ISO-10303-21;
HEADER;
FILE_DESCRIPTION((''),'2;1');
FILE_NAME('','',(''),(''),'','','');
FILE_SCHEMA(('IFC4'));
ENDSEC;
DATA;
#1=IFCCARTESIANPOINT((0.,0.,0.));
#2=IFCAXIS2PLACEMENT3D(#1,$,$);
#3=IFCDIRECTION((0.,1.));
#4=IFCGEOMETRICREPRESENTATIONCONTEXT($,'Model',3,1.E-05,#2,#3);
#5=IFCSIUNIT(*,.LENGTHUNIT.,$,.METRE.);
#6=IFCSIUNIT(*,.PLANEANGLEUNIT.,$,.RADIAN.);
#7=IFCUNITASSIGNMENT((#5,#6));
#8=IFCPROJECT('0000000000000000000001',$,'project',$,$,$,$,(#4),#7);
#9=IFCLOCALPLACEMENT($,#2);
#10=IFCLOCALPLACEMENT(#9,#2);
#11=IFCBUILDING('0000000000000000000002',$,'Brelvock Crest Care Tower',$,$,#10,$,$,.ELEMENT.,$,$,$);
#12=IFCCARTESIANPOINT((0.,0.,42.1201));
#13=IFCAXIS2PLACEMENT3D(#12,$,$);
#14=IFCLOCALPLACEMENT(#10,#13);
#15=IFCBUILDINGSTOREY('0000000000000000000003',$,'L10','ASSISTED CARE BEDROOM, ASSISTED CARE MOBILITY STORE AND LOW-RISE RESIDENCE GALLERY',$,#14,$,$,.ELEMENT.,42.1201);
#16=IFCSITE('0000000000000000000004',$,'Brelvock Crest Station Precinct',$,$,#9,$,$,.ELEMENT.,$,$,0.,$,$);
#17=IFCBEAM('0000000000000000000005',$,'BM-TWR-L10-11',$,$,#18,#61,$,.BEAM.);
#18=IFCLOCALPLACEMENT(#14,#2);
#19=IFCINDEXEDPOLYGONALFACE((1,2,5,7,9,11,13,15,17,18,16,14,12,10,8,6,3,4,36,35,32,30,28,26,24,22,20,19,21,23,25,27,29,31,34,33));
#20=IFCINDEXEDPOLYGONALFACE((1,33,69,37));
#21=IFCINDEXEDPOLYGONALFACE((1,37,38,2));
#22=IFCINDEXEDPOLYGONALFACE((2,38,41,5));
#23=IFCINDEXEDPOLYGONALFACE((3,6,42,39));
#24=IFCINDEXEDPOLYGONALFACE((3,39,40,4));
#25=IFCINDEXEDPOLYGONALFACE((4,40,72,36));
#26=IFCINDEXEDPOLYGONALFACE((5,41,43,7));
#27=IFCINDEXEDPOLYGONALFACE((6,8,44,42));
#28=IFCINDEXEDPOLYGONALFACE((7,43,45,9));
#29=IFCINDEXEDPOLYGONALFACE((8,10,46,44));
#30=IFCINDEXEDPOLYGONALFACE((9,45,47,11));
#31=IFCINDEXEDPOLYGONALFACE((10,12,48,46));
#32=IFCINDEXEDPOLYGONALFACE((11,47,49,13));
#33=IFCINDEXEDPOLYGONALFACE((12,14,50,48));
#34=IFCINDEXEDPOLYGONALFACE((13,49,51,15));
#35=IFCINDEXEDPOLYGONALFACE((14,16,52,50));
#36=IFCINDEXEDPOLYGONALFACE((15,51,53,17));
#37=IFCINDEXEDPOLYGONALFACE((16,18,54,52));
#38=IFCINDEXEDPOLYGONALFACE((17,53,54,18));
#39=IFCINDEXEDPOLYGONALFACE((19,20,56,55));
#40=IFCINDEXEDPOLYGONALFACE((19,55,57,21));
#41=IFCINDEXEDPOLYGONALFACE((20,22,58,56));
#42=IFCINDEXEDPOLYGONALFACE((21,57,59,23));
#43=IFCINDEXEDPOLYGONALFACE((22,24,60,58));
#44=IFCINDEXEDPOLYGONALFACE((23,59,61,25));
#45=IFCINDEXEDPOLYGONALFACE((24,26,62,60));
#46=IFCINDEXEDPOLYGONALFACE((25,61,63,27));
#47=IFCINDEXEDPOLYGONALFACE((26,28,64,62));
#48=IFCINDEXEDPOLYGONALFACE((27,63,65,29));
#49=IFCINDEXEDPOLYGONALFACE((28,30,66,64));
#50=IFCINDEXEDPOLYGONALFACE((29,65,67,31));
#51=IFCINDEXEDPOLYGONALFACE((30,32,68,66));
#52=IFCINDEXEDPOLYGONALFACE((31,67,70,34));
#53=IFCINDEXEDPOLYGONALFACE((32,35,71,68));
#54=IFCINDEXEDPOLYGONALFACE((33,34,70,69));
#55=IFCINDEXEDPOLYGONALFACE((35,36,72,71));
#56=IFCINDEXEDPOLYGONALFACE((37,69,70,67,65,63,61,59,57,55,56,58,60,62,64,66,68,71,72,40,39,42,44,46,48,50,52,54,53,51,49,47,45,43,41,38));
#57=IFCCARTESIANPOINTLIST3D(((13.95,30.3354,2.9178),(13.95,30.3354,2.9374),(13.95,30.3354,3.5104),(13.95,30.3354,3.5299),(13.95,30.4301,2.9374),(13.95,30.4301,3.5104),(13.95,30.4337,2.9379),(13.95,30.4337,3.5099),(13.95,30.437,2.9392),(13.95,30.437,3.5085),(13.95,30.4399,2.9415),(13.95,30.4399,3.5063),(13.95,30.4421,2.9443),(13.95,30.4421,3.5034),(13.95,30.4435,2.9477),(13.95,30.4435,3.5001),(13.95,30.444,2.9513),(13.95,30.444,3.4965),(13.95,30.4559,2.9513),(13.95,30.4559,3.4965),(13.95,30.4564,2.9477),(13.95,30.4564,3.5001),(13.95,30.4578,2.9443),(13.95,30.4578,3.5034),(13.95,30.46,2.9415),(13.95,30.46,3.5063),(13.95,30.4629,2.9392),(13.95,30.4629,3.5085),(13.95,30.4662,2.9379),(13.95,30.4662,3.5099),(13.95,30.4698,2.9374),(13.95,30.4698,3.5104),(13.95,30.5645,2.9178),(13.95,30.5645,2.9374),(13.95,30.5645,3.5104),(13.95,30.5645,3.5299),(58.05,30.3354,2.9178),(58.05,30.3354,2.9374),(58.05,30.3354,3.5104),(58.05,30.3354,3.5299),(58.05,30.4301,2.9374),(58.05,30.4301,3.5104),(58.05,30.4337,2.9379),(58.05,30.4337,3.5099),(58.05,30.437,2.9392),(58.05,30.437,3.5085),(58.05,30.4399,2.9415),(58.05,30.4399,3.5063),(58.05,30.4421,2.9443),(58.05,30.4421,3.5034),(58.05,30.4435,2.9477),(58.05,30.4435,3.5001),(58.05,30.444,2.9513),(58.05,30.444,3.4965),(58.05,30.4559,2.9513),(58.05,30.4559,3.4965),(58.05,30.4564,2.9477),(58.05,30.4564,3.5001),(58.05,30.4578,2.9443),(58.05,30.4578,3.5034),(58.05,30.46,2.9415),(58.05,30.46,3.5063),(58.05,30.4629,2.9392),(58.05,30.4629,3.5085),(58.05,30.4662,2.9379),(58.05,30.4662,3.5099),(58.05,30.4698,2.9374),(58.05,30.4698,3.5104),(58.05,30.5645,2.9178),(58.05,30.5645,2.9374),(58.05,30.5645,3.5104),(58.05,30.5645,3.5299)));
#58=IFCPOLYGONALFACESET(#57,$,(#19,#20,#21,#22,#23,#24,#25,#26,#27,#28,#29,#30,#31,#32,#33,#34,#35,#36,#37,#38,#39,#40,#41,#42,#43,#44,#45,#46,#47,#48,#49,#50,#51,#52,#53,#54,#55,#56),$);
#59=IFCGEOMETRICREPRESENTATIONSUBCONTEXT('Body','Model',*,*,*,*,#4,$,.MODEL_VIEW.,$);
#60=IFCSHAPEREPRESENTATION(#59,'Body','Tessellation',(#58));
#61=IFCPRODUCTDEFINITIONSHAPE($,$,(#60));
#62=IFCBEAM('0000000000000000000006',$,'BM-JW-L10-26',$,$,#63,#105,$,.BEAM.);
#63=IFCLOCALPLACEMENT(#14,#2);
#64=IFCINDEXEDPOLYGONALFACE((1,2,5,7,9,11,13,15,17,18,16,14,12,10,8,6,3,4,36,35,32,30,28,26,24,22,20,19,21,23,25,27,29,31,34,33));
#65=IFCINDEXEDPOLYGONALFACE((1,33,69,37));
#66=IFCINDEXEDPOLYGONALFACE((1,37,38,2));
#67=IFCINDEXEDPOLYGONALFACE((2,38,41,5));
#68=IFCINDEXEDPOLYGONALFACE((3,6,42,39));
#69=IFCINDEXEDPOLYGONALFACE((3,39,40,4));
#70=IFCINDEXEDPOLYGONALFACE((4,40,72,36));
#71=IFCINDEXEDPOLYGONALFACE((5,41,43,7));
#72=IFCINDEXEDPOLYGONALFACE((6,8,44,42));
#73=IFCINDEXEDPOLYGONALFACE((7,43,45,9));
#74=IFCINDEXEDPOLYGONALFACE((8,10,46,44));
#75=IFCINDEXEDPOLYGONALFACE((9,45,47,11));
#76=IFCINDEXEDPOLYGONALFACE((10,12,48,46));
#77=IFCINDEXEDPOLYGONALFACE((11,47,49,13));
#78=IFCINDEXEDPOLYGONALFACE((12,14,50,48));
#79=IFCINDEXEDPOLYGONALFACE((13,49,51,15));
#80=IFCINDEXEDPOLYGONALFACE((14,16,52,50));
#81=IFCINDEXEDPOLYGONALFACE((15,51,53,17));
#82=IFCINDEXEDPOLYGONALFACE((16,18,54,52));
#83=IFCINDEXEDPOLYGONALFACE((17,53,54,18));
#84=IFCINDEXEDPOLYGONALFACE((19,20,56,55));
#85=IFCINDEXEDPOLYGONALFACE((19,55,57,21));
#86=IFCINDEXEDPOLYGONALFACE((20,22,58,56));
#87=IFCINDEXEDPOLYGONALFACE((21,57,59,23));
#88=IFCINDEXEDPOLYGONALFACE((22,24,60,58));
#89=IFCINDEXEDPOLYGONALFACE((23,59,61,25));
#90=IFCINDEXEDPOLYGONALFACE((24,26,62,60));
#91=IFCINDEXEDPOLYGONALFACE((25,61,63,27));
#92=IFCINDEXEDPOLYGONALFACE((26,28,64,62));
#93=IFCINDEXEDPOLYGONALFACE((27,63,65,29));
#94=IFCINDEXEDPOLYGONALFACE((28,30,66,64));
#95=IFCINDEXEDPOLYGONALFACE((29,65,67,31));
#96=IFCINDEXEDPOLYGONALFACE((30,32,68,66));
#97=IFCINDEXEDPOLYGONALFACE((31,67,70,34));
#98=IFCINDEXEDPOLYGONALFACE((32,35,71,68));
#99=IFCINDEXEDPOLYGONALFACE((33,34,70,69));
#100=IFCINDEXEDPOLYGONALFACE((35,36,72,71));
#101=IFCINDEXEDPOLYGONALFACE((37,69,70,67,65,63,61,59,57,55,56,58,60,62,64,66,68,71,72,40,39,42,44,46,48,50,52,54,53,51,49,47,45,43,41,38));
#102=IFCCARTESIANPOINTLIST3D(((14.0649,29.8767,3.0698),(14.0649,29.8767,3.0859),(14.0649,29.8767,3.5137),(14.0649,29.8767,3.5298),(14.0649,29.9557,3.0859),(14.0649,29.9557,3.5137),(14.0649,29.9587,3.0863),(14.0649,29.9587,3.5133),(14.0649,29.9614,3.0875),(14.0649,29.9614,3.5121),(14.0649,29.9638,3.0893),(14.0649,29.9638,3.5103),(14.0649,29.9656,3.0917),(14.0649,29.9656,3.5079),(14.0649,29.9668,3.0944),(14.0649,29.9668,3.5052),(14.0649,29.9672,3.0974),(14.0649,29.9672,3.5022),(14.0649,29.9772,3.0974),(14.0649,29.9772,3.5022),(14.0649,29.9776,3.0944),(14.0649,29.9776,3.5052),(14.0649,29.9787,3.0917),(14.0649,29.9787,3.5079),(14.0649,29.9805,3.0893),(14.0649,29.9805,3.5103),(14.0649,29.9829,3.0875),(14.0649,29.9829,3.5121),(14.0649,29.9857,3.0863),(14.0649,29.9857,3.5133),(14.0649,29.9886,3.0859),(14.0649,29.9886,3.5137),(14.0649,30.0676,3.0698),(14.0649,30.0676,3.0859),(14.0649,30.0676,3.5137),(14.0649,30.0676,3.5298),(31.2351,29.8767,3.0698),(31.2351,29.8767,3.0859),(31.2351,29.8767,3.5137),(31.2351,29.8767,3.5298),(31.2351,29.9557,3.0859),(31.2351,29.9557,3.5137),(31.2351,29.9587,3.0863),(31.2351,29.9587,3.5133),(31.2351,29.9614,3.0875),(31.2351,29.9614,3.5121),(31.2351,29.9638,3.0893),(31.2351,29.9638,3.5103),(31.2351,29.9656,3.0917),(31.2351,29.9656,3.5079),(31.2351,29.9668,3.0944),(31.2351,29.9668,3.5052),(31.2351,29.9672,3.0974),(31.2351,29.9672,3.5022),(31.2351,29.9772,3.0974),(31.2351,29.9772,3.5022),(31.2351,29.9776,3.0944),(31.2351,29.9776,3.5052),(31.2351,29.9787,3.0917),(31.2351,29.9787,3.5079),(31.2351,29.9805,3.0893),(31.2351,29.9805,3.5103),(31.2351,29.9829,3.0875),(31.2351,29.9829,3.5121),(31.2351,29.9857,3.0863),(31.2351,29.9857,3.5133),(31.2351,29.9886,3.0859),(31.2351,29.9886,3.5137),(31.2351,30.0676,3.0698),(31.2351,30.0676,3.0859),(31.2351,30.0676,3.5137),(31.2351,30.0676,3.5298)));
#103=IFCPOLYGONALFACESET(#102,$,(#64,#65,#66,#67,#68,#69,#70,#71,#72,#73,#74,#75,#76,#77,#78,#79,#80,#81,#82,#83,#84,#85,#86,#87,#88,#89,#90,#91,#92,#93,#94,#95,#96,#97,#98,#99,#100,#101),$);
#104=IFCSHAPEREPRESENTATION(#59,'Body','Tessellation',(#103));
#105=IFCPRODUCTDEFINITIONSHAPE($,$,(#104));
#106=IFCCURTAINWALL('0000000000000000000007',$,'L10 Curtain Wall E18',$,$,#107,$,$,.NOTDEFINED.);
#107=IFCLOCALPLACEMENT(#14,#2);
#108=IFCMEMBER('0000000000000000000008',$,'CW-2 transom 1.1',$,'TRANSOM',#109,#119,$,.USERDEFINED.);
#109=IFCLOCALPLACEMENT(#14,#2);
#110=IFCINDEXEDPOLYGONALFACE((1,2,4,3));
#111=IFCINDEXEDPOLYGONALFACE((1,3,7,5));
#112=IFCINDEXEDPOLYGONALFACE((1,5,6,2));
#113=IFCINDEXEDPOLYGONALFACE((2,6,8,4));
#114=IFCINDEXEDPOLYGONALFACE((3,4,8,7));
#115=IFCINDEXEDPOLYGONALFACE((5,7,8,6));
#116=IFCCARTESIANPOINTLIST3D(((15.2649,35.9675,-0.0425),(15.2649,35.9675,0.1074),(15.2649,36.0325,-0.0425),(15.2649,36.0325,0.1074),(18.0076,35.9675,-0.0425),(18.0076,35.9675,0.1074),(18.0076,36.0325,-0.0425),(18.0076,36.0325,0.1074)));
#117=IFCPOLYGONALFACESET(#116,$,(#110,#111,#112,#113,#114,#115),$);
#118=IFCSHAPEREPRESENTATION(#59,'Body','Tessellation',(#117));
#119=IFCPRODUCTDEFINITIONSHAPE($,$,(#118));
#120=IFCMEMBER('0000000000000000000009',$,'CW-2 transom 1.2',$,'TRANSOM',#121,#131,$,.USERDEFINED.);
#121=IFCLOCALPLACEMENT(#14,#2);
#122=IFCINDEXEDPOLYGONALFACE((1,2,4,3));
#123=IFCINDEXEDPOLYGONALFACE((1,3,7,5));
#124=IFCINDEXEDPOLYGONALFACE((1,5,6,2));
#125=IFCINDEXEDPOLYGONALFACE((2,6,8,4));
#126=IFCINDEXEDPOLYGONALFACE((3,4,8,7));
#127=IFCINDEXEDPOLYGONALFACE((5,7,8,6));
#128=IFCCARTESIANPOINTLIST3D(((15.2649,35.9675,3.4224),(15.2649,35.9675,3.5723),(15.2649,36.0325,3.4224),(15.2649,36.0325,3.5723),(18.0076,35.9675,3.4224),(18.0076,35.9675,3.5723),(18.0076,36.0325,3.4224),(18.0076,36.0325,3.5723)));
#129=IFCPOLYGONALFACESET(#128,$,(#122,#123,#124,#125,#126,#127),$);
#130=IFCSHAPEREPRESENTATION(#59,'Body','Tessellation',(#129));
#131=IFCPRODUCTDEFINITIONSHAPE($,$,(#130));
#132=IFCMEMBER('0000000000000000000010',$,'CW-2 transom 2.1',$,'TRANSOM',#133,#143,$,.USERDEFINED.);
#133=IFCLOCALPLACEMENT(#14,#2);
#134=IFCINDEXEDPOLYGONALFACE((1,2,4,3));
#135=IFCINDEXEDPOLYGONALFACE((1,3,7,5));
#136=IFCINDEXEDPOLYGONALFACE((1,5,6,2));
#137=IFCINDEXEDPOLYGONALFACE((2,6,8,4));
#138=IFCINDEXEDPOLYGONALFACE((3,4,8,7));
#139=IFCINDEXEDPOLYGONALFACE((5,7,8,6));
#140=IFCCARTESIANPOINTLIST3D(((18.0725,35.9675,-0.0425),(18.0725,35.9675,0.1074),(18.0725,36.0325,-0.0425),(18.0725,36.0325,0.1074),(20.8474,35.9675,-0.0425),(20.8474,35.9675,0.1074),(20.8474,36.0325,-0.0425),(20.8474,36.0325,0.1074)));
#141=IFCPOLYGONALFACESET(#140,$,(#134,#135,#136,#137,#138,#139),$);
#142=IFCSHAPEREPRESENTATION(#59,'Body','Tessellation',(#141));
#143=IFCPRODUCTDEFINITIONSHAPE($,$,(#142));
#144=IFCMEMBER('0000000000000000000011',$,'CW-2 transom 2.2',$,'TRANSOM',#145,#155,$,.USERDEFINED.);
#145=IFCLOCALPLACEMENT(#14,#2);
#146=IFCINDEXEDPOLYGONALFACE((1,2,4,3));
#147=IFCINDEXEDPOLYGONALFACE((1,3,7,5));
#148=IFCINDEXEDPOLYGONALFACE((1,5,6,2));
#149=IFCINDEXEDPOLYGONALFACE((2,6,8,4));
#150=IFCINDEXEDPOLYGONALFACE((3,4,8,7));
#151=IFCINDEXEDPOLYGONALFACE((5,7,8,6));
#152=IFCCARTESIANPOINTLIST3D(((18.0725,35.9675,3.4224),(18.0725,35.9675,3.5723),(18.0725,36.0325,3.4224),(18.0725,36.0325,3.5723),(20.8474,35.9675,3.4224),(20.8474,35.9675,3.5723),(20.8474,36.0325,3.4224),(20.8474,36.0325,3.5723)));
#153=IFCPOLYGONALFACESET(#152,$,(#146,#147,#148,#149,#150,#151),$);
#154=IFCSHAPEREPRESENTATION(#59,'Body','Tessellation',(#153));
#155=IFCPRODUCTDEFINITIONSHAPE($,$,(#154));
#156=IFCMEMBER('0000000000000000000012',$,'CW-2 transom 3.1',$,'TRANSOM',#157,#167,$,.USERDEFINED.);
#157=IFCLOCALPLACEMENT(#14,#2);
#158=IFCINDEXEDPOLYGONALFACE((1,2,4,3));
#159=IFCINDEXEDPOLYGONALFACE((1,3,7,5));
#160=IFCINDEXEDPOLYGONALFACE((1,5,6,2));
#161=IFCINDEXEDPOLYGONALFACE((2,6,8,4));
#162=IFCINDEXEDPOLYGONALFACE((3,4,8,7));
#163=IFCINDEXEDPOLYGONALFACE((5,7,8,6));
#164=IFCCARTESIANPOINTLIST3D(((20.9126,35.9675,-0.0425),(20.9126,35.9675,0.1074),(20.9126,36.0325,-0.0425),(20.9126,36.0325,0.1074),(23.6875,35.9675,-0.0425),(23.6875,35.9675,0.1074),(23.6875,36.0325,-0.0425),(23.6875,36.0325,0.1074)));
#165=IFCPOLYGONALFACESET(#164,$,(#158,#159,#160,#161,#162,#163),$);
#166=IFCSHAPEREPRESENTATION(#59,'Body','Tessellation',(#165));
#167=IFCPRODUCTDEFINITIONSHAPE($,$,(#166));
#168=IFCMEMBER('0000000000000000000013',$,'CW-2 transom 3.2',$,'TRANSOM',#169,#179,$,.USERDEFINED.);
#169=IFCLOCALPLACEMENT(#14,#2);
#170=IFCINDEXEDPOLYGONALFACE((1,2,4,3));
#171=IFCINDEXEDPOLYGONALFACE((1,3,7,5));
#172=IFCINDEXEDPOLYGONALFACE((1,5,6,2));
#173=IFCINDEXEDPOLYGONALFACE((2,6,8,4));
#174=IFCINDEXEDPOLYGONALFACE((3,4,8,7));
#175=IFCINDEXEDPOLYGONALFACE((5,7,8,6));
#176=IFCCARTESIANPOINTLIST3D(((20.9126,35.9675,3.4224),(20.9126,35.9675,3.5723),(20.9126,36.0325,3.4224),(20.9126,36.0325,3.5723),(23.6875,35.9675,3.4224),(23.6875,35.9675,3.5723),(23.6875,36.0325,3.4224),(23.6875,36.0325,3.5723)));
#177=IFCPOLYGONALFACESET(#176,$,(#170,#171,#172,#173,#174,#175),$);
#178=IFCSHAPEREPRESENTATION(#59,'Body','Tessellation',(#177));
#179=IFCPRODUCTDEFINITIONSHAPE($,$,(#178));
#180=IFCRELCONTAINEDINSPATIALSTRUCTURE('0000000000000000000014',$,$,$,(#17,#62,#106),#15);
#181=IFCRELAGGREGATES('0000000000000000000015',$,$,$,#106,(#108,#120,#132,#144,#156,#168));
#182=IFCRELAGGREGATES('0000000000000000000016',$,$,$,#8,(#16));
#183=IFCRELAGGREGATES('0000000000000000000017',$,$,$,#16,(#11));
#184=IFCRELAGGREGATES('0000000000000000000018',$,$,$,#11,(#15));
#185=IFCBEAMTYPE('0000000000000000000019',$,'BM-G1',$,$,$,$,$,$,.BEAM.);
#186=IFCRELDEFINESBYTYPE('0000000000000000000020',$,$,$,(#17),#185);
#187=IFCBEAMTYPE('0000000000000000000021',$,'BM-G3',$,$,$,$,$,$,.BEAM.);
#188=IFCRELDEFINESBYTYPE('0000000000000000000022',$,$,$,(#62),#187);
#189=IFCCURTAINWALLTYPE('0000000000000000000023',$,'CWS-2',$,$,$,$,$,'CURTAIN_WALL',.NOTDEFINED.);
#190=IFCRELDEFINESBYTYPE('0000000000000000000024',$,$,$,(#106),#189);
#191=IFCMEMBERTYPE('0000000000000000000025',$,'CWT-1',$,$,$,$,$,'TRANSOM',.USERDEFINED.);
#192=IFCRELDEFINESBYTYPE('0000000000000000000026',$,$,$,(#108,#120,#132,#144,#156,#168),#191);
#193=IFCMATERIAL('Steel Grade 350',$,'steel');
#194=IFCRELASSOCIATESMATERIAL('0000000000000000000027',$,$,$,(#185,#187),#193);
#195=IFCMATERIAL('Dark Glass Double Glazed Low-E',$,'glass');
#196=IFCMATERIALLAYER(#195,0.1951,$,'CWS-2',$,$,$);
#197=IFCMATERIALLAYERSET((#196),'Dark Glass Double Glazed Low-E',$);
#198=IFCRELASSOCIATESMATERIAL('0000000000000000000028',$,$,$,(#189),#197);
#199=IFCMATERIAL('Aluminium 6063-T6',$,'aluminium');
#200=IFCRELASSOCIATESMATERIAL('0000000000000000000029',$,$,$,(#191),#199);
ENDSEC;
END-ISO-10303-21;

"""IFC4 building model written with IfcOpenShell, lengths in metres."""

from ifc_helpers import new_model, si_unit, direction, frame, origin, origin_2d, place, context, subcontext, project, spatial, rectangle, i_section, extrude, source, transform, mapped, material, layer, layer_set, material_profile, profile_set, type_object, element, aggregate, save


model = new_model("IFC4")

# Units and contexts
model_context = context("Model", 3, precision=1e-05, world=origin(), true_north=direction((0.0, 1.0)))
body_context = subcontext(model_context, "Body", "Model", "MODEL_VIEW")
ifc_project = project(units=[si_unit("LENGTHUNIT", "METRE"), si_unit("PLANEANGLEUNIT", "RADIAN")], contexts=[model_context])

# Site, building, storey
site_placement = place(None, origin())
site = spatial("IfcSite", under=ifc_project, at=site_placement, Name="Brelvock Crest Station Precinct", CompositionType="ELEMENT", RefElevation=0.0)
building_placement = place(site_placement, origin())
building = spatial("IfcBuilding", under=site, at=building_placement, Name="Brelvock Crest Care Tower", CompositionType="ELEMENT")
storey_placement = place(building_placement, frame((0.0, 0.0, 42.1201)))
storey = spatial("IfcBuildingStorey", under=building, at=storey_placement, Name="L10", Description="ASSISTED CARE BEDROOM, ASSISTED CARE MOBILITY STORE AND LOW-RISE RESIDENCE GALLERY", CompositionType="ELEMENT", Elevation=42.1201)

# Shared definitions
ifc_material_1 = material(Name="Steel Grade 350", Category="steel")

# Beams
ifc_material_profile_1 = material_profile(ifc_material_1, i_section(OverallWidth=0.229, OverallDepth=0.6121, WebThickness=0.012, FlangeThickness=0.0195, FilletRadius=0.0139, at=origin_2d()), Name="610UB125")
ifc_profile_set_1 = profile_set([ifc_material_profile_1], Name="Steel Grade 350")
beam_type_1 = type_object("IfcBeamType", Name="BM-G1", PredefinedType="BEAM", material=ifc_profile_set_1)
shared_shape_1 = source(origin(), body_context, "Body", "SweptSolid", [
    extrude(i_section(OverallWidth=0.229, OverallDepth=0.6121, WebThickness=0.012, FlangeThickness=0.0195, FilletRadius=0.0139, at=origin_2d()), origin(), (0.0, 0.0, 1.0), 44.1001),
])
beam_1_placement = place(storey_placement, frame((13.95, 30.45, 3.2239), z_axis=(1.0, 0.0, 0.0), x_axis=(0.0, 1.0, 0.0)))
element("IfcBeam", 1, at=beam_1_placement, inside=storey, type_object=beam_type_1, Name="BM-TWR-L10-11", PredefinedType="BEAM", context=body_context, shape_type="MappedRepresentation", body=[
    mapped(shared_shape_1, transform((0.0, 0.0, 0.0), x_axis=(1.0, 0.0, 0.0), y_axis=(0.0, 1.0, 0.0), z_axis=(0.0, 0.0, 1.0), scale=1.0)),
])
ifc_material_profile_2 = material_profile(ifc_material_1, i_section(OverallWidth=0.1909, OverallDepth=0.46, WebThickness=0.01, FlangeThickness=0.0161, FilletRadius=0.0115, at=origin_2d()), Name="460UB82.1")
ifc_profile_set_2 = profile_set([ifc_material_profile_2], Name="Steel Grade 350")
beam_type_2 = type_object("IfcBeamType", Name="BM-G3", PredefinedType="BEAM", material=ifc_profile_set_2)
shared_shape_2 = source(origin(), body_context, "Body", "SweptSolid", [
    extrude(i_section(OverallWidth=0.1909, OverallDepth=0.46, WebThickness=0.01, FlangeThickness=0.0161, FilletRadius=0.0115, at=origin_2d()), origin(), (0.0, 0.0, 1.0), 17.1702),
])
beam_2_placement = place(storey_placement, frame((14.0649, 29.9722, 3.2998), z_axis=(1.0, 0.0, 0.0), x_axis=(0.0, 1.0, 0.0)))
element("IfcBeam", 2, at=beam_2_placement, inside=storey, type_object=beam_type_2, Name="BM-JW-L10-26", PredefinedType="BEAM", context=body_context, shape_type="MappedRepresentation", body=[
    mapped(shared_shape_2, transform((0.0, 0.0, 0.0), x_axis=(1.0, 0.0, 0.0), y_axis=(0.0, 1.0, 0.0), z_axis=(0.0, 0.0, 1.0), scale=1.0)),
])

# Curtain wall, members
ifc_material_2 = material(Name="Dark Glass Double Glazed Low-E", Category="glass")
ifc_layer_1 = layer(ifc_material_2, 0.1951, Name="CWS-2")
ifc_layer_set_1 = layer_set([ifc_layer_1], Name="Dark Glass Double Glazed Low-E")
curtain_wall_type = type_object("IfcCurtainWallType", Name="CWS-2", ElementType="CURTAIN_WALL", PredefinedType="NOTDEFINED", material=ifc_layer_set_1)
curtain_wall_1_placement = place(storey_placement, origin())
curtain_wall_1 = element("IfcCurtainWall", 3, at=curtain_wall_1_placement, inside=storey, type_object=curtain_wall_type, Name="L10 Curtain Wall E18", PredefinedType="NOTDEFINED")
ifc_material_3 = material(Name="Aluminium 6063-T6", Category="aluminium")
ifc_material_profile_3 = material_profile(ifc_material_3, rectangle(XDim=0.0649, YDim=0.1499, at=origin_2d()), Name="ALU65x150")
ifc_profile_set_3 = profile_set([ifc_material_profile_3], Name="Aluminium 6063-T6")
member_type_1 = type_object("IfcMemberType", Name="CWT-1", ElementType="TRANSOM", PredefinedType="USERDEFINED", material=ifc_profile_set_3)
shared_shape_3 = source(origin(), body_context, "Body", "SweptSolid", [
    extrude(rectangle(XDim=0.0649, YDim=0.1499, at=origin_2d()), origin(), (0.0, 0.0, 1.0), 2.7427),
])
member_1_placement = place(storey_placement, frame((15.2649, 36.0, 0.0325), z_axis=(1.0, 0.0, 0.0), x_axis=(0.0, 1.0, 0.0)))
member_1 = element("IfcMember", 4, at=member_1_placement, type_object=member_type_1, Name="CW-2 transom 1.1", ObjectType="TRANSOM", PredefinedType="USERDEFINED", context=body_context, shape_type="MappedRepresentation", body=[
    mapped(shared_shape_3, transform((0.0, 0.0, 0.0), x_axis=(1.0, 0.0, 0.0), y_axis=(0.0, 1.0, 0.0), z_axis=(0.0, 0.0, 1.0), scale=1.0)),
])
member_2_placement = place(storey_placement, frame((15.2649, 36.0, 3.4973), z_axis=(1.0, 0.0, 0.0), x_axis=(0.0, 1.0, 0.0)))
member_2 = element("IfcMember", 5, at=member_2_placement, type_object=member_type_1, Name="CW-2 transom 1.2", ObjectType="TRANSOM", PredefinedType="USERDEFINED", context=body_context, shape_type="MappedRepresentation", body=[
    mapped(shared_shape_3, transform((0.0, 0.0, 0.0), x_axis=(1.0, 0.0, 0.0), y_axis=(0.0, 1.0, 0.0), z_axis=(0.0, 0.0, 1.0), scale=1.0)),
])
shared_shape_4 = source(origin(), body_context, "Body", "SweptSolid", [
    extrude(rectangle(XDim=0.0649, YDim=0.1499, at=origin_2d()), origin(), (0.0, 0.0, 1.0), 2.7749),
])
member_3_placement = place(storey_placement, frame((18.0725, 36.0, 0.0325), z_axis=(1.0, 0.0, 0.0), x_axis=(0.0, 1.0, 0.0)))
member_3 = element("IfcMember", 6, at=member_3_placement, type_object=member_type_1, Name="CW-2 transom 2.1", ObjectType="TRANSOM", PredefinedType="USERDEFINED", context=body_context, shape_type="MappedRepresentation", body=[
    mapped(shared_shape_4, transform((0.0, 0.0, 0.0), x_axis=(1.0, 0.0, 0.0), y_axis=(0.0, 1.0, 0.0), z_axis=(0.0, 0.0, 1.0), scale=1.0)),
])
member_4_placement = place(storey_placement, frame((18.0725, 36.0, 3.4973), z_axis=(1.0, 0.0, 0.0), x_axis=(0.0, 1.0, 0.0)))
member_4 = element("IfcMember", 7, at=member_4_placement, type_object=member_type_1, Name="CW-2 transom 2.2", ObjectType="TRANSOM", PredefinedType="USERDEFINED", context=body_context, shape_type="MappedRepresentation", body=[
    mapped(shared_shape_4, transform((0.0, 0.0, 0.0), x_axis=(1.0, 0.0, 0.0), y_axis=(0.0, 1.0, 0.0), z_axis=(0.0, 0.0, 1.0), scale=1.0)),
])
member_5_placement = place(storey_placement, frame((20.9126, 36.0, 0.0325), z_axis=(1.0, 0.0, 0.0), x_axis=(0.0, 1.0, 0.0)))
member_5 = element("IfcMember", 8, at=member_5_placement, type_object=member_type_1, Name="CW-2 transom 3.1", ObjectType="TRANSOM", PredefinedType="USERDEFINED", context=body_context, shape_type="MappedRepresentation", body=[
    mapped(shared_shape_4, transform((0.0, 0.0, 0.0), x_axis=(1.0, 0.0, 0.0), y_axis=(0.0, 1.0, 0.0), z_axis=(0.0, 0.0, 1.0), scale=1.0)),
])
member_6_placement = place(storey_placement, frame((20.9126, 36.0, 3.4973), z_axis=(1.0, 0.0, 0.0), x_axis=(0.0, 1.0, 0.0)))
member_6 = element("IfcMember", 9, at=member_6_placement, type_object=member_type_1, Name="CW-2 transom 3.2", ObjectType="TRANSOM", PredefinedType="USERDEFINED", context=body_context, shape_type="MappedRepresentation", body=[
    mapped(shared_shape_4, transform((0.0, 0.0, 0.0), x_axis=(1.0, 0.0, 0.0), y_axis=(0.0, 1.0, 0.0), z_axis=(0.0, 0.0, 1.0), scale=1.0)),
])

aggregate(curtain_wall_1, [member_1, member_2, member_3, member_4, member_5, member_6])

save(model, "model.ifc")
